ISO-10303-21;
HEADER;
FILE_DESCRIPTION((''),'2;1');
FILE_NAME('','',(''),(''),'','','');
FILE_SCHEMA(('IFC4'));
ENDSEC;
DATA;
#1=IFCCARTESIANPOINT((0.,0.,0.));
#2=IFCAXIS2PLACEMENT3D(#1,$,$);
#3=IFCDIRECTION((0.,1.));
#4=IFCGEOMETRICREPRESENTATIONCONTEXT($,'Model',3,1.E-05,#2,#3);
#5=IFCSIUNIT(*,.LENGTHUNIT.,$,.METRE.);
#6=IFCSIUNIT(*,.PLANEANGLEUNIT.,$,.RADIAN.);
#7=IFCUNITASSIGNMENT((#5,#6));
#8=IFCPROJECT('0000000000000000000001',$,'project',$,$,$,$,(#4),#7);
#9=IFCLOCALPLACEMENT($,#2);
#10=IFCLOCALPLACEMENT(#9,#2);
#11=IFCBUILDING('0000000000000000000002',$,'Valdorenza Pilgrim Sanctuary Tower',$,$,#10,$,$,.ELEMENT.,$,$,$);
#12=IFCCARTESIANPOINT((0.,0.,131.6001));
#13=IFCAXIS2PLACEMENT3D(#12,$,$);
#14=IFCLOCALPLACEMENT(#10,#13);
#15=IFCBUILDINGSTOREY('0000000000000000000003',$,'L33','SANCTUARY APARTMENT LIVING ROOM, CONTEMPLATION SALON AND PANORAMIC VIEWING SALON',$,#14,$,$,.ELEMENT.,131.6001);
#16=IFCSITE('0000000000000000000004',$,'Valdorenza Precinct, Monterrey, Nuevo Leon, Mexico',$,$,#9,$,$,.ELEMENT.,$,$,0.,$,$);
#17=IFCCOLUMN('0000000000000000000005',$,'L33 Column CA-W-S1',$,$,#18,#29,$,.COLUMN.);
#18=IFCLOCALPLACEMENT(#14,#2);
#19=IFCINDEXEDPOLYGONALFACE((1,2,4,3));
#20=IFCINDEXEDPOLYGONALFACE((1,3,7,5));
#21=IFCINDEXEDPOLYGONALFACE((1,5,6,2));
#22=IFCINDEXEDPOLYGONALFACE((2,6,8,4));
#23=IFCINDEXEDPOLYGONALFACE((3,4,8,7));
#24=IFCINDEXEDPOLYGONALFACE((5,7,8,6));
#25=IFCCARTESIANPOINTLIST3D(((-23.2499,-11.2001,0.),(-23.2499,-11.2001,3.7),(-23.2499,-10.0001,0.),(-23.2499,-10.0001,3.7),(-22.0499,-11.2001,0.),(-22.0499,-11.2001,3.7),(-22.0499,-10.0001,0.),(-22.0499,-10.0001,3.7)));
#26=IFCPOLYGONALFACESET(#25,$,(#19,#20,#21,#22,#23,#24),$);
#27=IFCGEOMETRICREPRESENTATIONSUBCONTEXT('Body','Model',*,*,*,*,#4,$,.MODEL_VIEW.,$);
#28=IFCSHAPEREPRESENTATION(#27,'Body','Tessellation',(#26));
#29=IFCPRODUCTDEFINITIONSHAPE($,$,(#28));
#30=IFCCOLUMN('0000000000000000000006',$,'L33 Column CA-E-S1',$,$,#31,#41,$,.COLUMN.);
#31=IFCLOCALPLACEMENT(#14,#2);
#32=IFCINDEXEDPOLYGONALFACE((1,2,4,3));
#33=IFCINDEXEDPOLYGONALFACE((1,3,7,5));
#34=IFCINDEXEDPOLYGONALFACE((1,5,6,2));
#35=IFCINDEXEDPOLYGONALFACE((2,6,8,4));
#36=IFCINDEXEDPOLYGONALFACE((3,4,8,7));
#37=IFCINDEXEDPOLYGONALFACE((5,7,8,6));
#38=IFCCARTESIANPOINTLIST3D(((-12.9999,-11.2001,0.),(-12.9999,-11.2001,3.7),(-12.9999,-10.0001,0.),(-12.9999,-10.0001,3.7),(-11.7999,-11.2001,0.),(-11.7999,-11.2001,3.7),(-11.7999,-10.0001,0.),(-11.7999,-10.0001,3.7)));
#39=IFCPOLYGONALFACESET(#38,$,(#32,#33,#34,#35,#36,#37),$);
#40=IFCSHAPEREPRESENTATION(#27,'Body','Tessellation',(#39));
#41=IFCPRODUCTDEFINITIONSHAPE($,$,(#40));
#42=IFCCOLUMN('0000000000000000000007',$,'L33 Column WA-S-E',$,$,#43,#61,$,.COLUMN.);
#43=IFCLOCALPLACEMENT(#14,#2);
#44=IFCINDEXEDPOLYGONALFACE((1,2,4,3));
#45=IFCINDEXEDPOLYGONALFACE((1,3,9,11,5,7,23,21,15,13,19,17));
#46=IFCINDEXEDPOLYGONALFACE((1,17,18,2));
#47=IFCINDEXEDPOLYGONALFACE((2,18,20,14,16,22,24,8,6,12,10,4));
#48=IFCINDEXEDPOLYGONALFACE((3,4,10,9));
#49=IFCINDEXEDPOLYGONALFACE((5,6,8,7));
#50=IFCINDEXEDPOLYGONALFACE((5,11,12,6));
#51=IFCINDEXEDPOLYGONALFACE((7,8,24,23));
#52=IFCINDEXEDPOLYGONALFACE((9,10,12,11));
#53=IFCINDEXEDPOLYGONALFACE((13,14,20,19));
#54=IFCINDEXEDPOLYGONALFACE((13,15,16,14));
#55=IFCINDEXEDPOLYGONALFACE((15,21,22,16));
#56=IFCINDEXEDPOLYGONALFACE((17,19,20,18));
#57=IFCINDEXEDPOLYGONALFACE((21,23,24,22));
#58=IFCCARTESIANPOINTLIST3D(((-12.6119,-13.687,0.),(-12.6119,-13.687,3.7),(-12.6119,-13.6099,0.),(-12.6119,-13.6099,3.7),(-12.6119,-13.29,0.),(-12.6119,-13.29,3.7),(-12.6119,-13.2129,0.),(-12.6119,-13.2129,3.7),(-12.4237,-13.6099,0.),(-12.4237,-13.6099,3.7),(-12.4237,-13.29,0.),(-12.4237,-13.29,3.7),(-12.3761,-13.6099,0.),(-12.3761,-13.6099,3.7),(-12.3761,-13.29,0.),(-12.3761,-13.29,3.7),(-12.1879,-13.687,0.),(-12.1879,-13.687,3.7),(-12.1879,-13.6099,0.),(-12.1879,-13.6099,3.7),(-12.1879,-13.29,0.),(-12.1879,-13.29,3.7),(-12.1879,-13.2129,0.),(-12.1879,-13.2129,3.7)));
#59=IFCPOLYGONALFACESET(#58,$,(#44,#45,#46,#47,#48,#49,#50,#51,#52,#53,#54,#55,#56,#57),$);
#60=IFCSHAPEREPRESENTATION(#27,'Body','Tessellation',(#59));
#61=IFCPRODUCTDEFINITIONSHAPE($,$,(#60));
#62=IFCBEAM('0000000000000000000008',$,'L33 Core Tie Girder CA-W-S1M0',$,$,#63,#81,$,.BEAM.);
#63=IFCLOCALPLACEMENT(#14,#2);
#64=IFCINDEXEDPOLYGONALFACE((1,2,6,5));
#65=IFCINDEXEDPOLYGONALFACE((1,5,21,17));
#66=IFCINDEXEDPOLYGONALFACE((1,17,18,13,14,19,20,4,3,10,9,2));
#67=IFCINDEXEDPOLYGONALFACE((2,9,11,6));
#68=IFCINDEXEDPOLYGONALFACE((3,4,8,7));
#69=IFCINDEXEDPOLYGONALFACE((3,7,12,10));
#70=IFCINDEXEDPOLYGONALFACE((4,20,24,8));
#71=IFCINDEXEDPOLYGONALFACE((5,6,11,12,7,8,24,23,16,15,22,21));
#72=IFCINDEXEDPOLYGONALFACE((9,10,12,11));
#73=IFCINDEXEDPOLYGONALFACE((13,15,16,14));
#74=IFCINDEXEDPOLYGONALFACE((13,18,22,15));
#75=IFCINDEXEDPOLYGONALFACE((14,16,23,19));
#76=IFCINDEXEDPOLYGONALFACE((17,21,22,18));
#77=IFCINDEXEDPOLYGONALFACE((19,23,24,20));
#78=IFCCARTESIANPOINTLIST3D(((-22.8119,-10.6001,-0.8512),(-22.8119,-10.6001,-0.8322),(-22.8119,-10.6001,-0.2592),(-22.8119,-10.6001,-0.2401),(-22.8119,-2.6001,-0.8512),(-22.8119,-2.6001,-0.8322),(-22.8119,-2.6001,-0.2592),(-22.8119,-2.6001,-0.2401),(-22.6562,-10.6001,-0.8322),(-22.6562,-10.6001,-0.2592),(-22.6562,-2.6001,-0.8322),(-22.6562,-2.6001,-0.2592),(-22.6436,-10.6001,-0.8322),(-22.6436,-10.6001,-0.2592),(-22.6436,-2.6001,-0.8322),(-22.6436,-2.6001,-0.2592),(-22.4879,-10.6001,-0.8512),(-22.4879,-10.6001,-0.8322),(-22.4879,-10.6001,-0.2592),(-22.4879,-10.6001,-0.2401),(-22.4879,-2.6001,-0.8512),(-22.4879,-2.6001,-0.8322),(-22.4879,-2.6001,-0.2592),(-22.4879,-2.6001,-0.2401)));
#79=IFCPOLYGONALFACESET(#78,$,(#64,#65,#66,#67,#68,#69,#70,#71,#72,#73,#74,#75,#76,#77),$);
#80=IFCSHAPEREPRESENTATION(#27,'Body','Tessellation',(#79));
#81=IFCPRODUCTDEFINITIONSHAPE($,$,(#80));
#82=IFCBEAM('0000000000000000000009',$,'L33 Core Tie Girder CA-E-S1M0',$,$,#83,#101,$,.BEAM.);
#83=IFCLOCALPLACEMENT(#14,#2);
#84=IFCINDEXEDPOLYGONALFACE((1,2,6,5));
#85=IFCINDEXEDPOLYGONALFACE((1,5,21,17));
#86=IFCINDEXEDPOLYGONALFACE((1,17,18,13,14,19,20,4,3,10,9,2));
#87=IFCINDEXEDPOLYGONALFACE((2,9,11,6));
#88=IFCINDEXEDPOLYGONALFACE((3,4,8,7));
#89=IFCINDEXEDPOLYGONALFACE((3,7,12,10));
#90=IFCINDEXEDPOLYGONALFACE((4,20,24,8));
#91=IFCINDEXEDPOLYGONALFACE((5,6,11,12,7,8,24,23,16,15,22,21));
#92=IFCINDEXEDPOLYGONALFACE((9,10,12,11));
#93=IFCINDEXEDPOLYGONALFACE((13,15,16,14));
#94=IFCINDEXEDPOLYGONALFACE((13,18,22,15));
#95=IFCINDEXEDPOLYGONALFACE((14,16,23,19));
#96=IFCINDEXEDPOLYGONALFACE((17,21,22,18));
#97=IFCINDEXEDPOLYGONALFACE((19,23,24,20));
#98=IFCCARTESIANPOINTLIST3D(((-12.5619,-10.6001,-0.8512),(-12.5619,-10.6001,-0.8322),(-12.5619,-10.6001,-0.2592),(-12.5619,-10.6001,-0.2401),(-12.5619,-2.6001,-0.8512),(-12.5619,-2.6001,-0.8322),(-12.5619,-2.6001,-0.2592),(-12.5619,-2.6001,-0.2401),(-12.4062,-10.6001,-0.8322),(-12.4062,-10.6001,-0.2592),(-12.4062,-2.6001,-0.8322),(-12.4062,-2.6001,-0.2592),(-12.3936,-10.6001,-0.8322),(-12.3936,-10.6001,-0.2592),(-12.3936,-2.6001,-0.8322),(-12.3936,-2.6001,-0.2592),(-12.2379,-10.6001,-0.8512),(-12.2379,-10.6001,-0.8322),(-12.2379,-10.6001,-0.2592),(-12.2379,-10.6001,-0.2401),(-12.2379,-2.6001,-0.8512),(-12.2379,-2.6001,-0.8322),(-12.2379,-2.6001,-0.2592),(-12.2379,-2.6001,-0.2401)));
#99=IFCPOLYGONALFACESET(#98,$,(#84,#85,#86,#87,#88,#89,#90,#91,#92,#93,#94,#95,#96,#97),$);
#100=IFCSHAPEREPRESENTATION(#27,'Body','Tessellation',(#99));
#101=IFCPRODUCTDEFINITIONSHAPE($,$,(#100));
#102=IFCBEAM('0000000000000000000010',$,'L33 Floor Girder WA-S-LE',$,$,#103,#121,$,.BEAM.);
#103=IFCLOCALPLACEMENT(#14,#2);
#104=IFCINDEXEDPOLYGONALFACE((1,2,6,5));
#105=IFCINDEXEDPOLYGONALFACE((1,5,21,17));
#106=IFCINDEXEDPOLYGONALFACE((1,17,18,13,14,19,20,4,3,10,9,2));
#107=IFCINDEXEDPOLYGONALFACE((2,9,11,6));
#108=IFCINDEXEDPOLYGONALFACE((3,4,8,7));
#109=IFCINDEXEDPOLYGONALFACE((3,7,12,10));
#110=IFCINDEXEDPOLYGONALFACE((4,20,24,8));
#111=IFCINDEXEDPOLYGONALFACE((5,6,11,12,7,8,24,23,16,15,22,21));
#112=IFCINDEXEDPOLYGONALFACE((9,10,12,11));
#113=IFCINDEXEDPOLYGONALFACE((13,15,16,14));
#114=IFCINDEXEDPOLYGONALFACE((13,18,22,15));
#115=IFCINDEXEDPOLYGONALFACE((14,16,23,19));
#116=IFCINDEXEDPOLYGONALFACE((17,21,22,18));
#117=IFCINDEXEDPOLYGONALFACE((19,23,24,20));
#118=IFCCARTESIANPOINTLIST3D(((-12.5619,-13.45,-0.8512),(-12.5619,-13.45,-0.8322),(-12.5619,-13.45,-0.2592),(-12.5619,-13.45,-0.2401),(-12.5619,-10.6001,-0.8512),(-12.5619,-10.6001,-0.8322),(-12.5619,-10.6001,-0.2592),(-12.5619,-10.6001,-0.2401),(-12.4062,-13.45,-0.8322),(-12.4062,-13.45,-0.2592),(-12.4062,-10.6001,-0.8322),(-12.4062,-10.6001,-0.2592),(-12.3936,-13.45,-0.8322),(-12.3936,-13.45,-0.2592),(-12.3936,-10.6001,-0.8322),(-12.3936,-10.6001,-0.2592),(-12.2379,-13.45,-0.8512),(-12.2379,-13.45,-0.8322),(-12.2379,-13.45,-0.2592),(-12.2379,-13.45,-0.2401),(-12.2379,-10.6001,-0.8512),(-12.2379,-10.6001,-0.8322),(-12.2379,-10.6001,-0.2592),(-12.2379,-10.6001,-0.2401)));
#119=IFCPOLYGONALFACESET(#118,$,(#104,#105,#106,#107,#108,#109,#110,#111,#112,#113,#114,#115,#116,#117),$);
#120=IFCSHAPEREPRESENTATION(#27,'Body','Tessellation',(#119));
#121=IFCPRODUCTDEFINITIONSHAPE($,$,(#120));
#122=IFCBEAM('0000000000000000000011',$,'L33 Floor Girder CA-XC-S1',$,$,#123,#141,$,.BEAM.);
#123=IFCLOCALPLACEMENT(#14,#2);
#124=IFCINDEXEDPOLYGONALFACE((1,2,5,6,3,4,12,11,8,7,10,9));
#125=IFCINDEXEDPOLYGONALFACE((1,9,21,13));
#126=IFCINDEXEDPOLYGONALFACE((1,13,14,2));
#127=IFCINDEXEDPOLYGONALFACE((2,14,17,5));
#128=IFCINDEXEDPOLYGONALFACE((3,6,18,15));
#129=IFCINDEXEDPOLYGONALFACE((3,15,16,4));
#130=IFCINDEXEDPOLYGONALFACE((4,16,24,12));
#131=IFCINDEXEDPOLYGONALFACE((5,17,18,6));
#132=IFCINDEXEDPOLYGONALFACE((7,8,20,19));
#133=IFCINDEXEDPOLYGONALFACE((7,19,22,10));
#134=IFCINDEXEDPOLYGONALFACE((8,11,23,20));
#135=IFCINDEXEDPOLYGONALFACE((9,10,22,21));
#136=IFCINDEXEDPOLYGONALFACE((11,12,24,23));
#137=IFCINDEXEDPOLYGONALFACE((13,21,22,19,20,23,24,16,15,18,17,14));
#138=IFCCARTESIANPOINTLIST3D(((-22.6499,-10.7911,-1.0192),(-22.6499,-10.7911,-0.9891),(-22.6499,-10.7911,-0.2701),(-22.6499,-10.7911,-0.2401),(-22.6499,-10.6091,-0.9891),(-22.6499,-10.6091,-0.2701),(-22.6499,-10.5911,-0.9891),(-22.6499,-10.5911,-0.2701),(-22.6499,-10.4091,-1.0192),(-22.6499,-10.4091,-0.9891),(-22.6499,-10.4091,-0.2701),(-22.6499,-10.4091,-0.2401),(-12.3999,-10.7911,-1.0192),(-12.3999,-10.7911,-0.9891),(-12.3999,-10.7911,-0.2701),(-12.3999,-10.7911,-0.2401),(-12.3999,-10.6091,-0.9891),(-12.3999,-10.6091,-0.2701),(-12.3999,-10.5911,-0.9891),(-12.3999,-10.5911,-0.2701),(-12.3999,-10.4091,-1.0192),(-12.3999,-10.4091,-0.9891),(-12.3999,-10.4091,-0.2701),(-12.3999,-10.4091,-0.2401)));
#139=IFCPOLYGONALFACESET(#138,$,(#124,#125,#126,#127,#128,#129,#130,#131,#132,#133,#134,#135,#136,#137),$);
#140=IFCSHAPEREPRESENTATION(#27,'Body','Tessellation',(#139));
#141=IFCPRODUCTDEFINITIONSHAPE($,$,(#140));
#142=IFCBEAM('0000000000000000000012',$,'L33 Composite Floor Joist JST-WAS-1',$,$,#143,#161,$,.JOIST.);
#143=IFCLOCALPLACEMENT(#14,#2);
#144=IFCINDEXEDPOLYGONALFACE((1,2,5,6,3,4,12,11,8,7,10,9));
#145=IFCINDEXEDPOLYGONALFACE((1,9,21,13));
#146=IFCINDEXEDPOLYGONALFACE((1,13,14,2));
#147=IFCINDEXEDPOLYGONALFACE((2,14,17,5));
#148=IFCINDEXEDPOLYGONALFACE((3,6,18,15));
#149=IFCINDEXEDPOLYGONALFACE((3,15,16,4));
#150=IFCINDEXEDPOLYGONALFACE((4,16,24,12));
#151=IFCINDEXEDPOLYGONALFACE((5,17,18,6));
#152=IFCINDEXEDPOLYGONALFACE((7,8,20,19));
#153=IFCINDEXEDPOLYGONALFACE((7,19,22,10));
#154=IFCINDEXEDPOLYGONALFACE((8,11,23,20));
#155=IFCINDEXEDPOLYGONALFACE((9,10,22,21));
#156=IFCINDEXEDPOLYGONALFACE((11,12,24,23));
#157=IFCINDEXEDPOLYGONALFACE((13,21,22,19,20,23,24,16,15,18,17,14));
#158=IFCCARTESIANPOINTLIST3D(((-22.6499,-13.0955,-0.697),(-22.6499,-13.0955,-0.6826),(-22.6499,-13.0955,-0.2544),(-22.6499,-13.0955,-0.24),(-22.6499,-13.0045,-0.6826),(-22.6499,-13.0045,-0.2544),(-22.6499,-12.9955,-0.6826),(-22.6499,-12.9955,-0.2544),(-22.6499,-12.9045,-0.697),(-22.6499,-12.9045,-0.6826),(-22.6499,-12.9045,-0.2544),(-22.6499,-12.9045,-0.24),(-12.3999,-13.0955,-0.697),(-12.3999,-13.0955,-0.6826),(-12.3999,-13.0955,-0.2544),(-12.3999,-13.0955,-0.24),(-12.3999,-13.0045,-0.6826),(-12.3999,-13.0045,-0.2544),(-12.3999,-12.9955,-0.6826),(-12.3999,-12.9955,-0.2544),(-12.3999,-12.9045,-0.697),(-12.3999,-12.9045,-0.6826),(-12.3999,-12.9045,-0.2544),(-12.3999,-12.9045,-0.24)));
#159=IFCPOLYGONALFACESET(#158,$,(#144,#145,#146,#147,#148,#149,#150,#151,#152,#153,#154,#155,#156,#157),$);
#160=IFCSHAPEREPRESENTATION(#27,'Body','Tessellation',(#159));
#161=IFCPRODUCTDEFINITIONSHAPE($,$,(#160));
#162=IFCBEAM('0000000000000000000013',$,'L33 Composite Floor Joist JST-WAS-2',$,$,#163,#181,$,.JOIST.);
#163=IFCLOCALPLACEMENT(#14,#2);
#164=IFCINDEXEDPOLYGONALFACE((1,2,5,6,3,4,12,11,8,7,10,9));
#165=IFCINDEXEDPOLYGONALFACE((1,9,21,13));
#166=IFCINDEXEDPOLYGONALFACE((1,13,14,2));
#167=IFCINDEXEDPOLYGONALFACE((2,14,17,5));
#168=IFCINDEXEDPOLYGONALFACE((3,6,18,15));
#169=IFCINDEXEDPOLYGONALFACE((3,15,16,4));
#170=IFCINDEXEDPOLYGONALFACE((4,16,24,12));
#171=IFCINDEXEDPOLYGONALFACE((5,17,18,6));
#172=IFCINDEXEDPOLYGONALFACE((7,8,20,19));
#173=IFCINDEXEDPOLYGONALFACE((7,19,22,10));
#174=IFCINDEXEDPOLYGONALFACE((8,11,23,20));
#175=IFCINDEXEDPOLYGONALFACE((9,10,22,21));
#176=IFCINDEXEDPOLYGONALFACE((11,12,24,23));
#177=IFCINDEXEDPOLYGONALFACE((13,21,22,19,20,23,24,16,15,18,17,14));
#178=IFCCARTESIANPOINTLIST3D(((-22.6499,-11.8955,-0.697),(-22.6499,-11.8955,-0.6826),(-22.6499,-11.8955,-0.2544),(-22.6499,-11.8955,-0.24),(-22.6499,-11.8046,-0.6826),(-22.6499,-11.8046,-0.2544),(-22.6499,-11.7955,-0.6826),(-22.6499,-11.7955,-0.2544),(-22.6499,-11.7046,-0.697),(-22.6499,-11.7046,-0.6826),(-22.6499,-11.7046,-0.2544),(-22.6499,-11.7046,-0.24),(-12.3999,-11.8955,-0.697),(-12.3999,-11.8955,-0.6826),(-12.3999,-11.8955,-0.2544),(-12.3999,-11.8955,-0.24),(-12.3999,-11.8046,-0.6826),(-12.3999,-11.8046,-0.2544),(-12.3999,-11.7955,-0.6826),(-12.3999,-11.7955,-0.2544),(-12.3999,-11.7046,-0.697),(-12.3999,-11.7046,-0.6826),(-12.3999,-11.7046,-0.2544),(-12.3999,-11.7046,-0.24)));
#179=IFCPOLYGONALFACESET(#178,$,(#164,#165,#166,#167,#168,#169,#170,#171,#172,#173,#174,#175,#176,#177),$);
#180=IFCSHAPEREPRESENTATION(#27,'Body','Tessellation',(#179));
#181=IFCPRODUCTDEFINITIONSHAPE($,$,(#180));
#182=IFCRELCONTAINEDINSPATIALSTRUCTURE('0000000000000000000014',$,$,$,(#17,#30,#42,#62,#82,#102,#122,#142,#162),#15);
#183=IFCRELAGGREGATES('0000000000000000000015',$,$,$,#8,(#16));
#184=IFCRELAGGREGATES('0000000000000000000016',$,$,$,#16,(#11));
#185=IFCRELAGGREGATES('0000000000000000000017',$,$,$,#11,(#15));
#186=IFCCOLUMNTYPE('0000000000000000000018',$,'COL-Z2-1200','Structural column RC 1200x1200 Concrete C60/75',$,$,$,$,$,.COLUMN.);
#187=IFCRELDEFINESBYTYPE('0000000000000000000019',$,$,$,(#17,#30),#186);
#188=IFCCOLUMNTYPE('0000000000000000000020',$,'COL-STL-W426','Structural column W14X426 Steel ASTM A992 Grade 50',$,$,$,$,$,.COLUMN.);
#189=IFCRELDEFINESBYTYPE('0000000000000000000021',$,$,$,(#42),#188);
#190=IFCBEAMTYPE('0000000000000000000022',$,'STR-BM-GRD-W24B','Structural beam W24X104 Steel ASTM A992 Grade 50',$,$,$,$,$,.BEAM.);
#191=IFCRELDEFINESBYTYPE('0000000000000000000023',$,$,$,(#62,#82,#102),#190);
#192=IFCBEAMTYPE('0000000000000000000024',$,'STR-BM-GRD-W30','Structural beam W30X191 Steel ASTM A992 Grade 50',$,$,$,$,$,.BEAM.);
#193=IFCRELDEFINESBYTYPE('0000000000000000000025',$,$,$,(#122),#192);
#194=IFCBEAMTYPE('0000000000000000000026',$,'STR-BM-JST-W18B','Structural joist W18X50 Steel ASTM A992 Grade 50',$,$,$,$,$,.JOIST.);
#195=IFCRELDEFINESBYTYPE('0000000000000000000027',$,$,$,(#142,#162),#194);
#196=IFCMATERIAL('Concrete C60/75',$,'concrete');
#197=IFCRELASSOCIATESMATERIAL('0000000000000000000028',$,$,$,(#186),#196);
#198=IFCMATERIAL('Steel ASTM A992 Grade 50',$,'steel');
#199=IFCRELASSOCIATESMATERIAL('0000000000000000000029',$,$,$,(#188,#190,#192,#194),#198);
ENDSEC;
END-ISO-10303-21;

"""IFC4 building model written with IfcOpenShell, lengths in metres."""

from ifc_helpers import new_model, si_unit, direction, frame, origin, origin_2d, place, context, subcontext, project, spatial, rectangle, i_section, extrude, source, transform, mapped, material, material_profile, profile_set, type_object, element, save


model = new_model("IFC4")

# Units and contexts
model_context = context("Model", 3, precision=1e-05, world=origin(), true_north=direction((0.0, 1.0)))
body_context = subcontext(model_context, "Body", "Model", "MODEL_VIEW")
ifc_project = project(units=[si_unit("LENGTHUNIT", "METRE"), si_unit("PLANEANGLEUNIT", "RADIAN")], contexts=[model_context])

# Site, building, storey
site_placement = place(None, origin())
site = spatial("IfcSite", under=ifc_project, at=site_placement, Name="Valdorenza Precinct, Monterrey, Nuevo Leon, Mexico", CompositionType="ELEMENT", RefElevation=0.0)
building_placement = place(site_placement, origin())
building = spatial("IfcBuilding", under=site, at=building_placement, Name="Valdorenza Pilgrim Sanctuary Tower", CompositionType="ELEMENT")
storey_placement = place(building_placement, frame((0.0, 0.0, 131.6001)))
storey = spatial("IfcBuildingStorey", under=building, at=storey_placement, Name="L33", Description="SANCTUARY APARTMENT LIVING ROOM, CONTEMPLATION SALON AND PANORAMIC VIEWING SALON", CompositionType="ELEMENT", Elevation=131.6001)

# Columns
ifc_material_1 = material(Name="Concrete C60/75", Category="concrete")
ifc_material_profile_1 = material_profile(ifc_material_1, rectangle(XDim=1.2, YDim=1.2, at=origin_2d()), Name="RC 1200x1200")
ifc_profile_set_1 = profile_set([ifc_material_profile_1], Name="Concrete C60/75")
column_type_1 = type_object("IfcColumnType", Name="COL-Z2-1200", Description="Structural column RC 1200x1200 Concrete C60/75", PredefinedType="COLUMN", material=ifc_profile_set_1)
shared_shape_1 = source(origin(), body_context, "Body", "SweptSolid", [
    extrude(rectangle(XDim=1.2, YDim=1.2, at=origin_2d()), origin(), (0.0, 0.0, 1.0), 3.7),
])
for number, where, z_axis, x_axis, name in (
    (1, (-22.6499, -10.6001, 0.0), (0.0, 0.0, 1.0), (1.0, 0.0, 0.0), "L33 Column CA-W-S1"),
    (2, (-12.3999, -10.6001, 0.0), (0.0, 0.0, 1.0), (1.0, 0.0, 0.0), "L33 Column CA-E-S1"),
):
    element("IfcColumn", number, at=place(storey_placement, frame(where, z_axis=z_axis, x_axis=x_axis)), inside=storey, type_object=column_type_1, Name=name, PredefinedType="COLUMN", context=body_context, shape_type="MappedRepresentation", body=[
        mapped(shared_shape_1, transform((0.0, 0.0, 0.0), x_axis=(1.0, 0.0, 0.0), y_axis=(0.0, 1.0, 0.0), z_axis=(0.0, 0.0, 1.0), scale=1.0)),
    ])
ifc_material_2 = material(Name="Steel ASTM A992 Grade 50", Category="steel")
ifc_material_profile_2 = material_profile(ifc_material_2, i_section(OverallWidth=0.4241, OverallDepth=0.4741, WebThickness=0.0476, FlangeThickness=0.0771, at=origin_2d()), Name="W14X426")
ifc_profile_set_2 = profile_set([ifc_material_profile_2], Name="Steel ASTM A992 Grade 50")
column_type_2 = type_object("IfcColumnType", Name="COL-STL-W426", Description="Structural column W14X426 Steel ASTM A992 Grade 50", PredefinedType="COLUMN", material=ifc_profile_set_2)
shared_shape_2 = source(origin(), body_context, "Body", "SweptSolid", [
    extrude(i_section(OverallWidth=0.4241, OverallDepth=0.4741, WebThickness=0.0476, FlangeThickness=0.0771, at=origin_2d()), origin(), (0.0, 0.0, 1.0), 3.7),
])
column_placement = place(storey_placement, frame((-12.3999, -13.45, 0.0), z_axis=(0.0, 0.0, 1.0), x_axis=(1.0, 0.0, 0.0)))
element("IfcColumn", 3, at=column_placement, inside=storey, type_object=column_type_2, Name="L33 Column WA-S-E", PredefinedType="COLUMN", context=body_context, shape_type="MappedRepresentation", body=[
    mapped(shared_shape_2, transform((0.0, 0.0, 0.0), x_axis=(1.0, 0.0, 0.0), y_axis=(0.0, 1.0, 0.0), z_axis=(0.0, 0.0, 1.0), scale=1.0)),
])

# Beams
ifc_material_profile_3 = material_profile(ifc_material_2, i_section(OverallWidth=0.324, OverallDepth=0.6111, WebThickness=0.0127, FlangeThickness=0.019, at=origin_2d()), Name="W24X104")
ifc_profile_set_3 = profile_set([ifc_material_profile_3], Name="Steel ASTM A992 Grade 50")
beam_type_1 = type_object("IfcBeamType", Name="STR-BM-GRD-W24B", Description="Structural beam W24X104 Steel ASTM A992 Grade 50", PredefinedType="BEAM", material=ifc_profile_set_3)
shared_shape_3 = source(origin(), body_context, "Body", "SweptSolid", [
    extrude(i_section(OverallWidth=0.324, OverallDepth=0.6111, WebThickness=0.0127, FlangeThickness=0.019, at=origin_2d()), origin(), (0.0, 0.0, 1.0), 8.0),
])
for number, where, z_axis, x_axis, name in (
    (4, (-22.6499, -10.6001, -0.5457), (0.0, 1.0, 0.0), (-1.0, 0.0, 0.0), "L33 Core Tie Girder CA-W-S1M0"),
    (5, (-12.3999, -10.6001, -0.5457), (0.0, 1.0, 0.0), (-1.0, 0.0, 0.0), "L33 Core Tie Girder CA-E-S1M0"),
):
    element("IfcBeam", number, at=place(storey_placement, frame(where, z_axis=z_axis, x_axis=x_axis)), inside=storey, type_object=beam_type_1, Name=name, PredefinedType="BEAM", context=body_context, shape_type="MappedRepresentation", body=[
        mapped(shared_shape_3, transform((0.0, 0.0, 0.0), x_axis=(1.0, 0.0, 0.0), y_axis=(0.0, 1.0, 0.0), z_axis=(0.0, 0.0, 1.0), scale=1.0)),
    ])
shared_shape_4 = source(origin(), body_context, "Body", "SweptSolid", [
    extrude(i_section(OverallWidth=0.324, OverallDepth=0.6111, WebThickness=0.0127, FlangeThickness=0.019, at=origin_2d()), origin(), (0.0, 0.0, 1.0), 2.8499),
])
beam_1_placement = place(storey_placement, frame((-12.3999, -13.45, -0.5457), z_axis=(0.0, 1.0, 0.0), x_axis=(-1.0, 0.0, 0.0)))
element("IfcBeam", 6, at=beam_1_placement, inside=storey, type_object=beam_type_1, Name="L33 Floor Girder WA-S-LE", PredefinedType="BEAM", context=body_context, shape_type="MappedRepresentation", body=[
    mapped(shared_shape_4, transform((0.0, 0.0, 0.0), x_axis=(1.0, 0.0, 0.0), y_axis=(0.0, 1.0, 0.0), z_axis=(0.0, 0.0, 1.0), scale=1.0)),
])
ifc_material_profile_4 = material_profile(ifc_material_2, i_section(OverallWidth=0.3821, OverallDepth=0.7791, WebThickness=0.0181, FlangeThickness=0.03, at=origin_2d()), Name="W30X191")
ifc_profile_set_4 = profile_set([ifc_material_profile_4], Name="Steel ASTM A992 Grade 50")
beam_type_2 = type_object("IfcBeamType", Name="STR-BM-GRD-W30", Description="Structural beam W30X191 Steel ASTM A992 Grade 50", PredefinedType="BEAM", material=ifc_profile_set_4)
shared_shape_5 = source(origin(), body_context, "Body", "SweptSolid", [
    extrude(i_section(OverallWidth=0.3821, OverallDepth=0.7791, WebThickness=0.0181, FlangeThickness=0.03, at=origin_2d()), origin(), (0.0, 0.0, 1.0), 10.25),
])
beam_2_placement = place(storey_placement, frame((-22.6499, -10.6001, -0.6296), z_axis=(1.0, 0.0, 0.0), x_axis=(0.0, 1.0, 0.0)))
element("IfcBeam", 7, at=beam_2_placement, inside=storey, type_object=beam_type_2, Name="L33 Floor Girder CA-XC-S1", PredefinedType="BEAM", context=body_context, shape_type="MappedRepresentation", body=[
    mapped(shared_shape_5, transform((0.0, 0.0, 0.0), x_axis=(1.0, 0.0, 0.0), y_axis=(0.0, 1.0, 0.0), z_axis=(0.0, 0.0, 1.0), scale=1.0)),
])
ifc_material_profile_5 = material_profile(ifc_material_2, i_section(OverallWidth=0.1909, OverallDepth=0.457, WebThickness=0.009, FlangeThickness=0.0144, at=origin_2d()), Name="W18X50")
ifc_profile_set_5 = profile_set([ifc_material_profile_5], Name="Steel ASTM A992 Grade 50")
beam_type_3 = type_object("IfcBeamType", Name="STR-BM-JST-W18B", Description="Structural joist W18X50 Steel ASTM A992 Grade 50", PredefinedType="JOIST", material=ifc_profile_set_5)
shared_shape_6 = source(origin(), body_context, "Body", "SweptSolid", [
    extrude(i_section(OverallWidth=0.1909, OverallDepth=0.457, WebThickness=0.009, FlangeThickness=0.0144, at=origin_2d()), origin(), (0.0, 0.0, 1.0), 10.25),
])
for number, where, z_axis, x_axis, name in (
    (8, (-22.6499, -13.0, -0.4685), (1.0, 0.0, 0.0), (0.0, 1.0, 0.0), "L33 Composite Floor Joist JST-WAS-1"),
    (9, (-22.6499, -11.8, -0.4685), (1.0, 0.0, 0.0), (0.0, 1.0, 0.0), "L33 Composite Floor Joist JST-WAS-2"),
):
    element("IfcBeam", number, at=place(storey_placement, frame(where, z_axis=z_axis, x_axis=x_axis)), inside=storey, type_object=beam_type_3, Name=name, PredefinedType="JOIST", context=body_context, shape_type="MappedRepresentation", body=[
        mapped(shared_shape_6, transform((0.0, 0.0, 0.0), x_axis=(1.0, 0.0, 0.0), y_axis=(0.0, 1.0, 0.0), z_axis=(0.0, 0.0, 1.0), scale=1.0)),
    ])

save(model, "model.ifc")
